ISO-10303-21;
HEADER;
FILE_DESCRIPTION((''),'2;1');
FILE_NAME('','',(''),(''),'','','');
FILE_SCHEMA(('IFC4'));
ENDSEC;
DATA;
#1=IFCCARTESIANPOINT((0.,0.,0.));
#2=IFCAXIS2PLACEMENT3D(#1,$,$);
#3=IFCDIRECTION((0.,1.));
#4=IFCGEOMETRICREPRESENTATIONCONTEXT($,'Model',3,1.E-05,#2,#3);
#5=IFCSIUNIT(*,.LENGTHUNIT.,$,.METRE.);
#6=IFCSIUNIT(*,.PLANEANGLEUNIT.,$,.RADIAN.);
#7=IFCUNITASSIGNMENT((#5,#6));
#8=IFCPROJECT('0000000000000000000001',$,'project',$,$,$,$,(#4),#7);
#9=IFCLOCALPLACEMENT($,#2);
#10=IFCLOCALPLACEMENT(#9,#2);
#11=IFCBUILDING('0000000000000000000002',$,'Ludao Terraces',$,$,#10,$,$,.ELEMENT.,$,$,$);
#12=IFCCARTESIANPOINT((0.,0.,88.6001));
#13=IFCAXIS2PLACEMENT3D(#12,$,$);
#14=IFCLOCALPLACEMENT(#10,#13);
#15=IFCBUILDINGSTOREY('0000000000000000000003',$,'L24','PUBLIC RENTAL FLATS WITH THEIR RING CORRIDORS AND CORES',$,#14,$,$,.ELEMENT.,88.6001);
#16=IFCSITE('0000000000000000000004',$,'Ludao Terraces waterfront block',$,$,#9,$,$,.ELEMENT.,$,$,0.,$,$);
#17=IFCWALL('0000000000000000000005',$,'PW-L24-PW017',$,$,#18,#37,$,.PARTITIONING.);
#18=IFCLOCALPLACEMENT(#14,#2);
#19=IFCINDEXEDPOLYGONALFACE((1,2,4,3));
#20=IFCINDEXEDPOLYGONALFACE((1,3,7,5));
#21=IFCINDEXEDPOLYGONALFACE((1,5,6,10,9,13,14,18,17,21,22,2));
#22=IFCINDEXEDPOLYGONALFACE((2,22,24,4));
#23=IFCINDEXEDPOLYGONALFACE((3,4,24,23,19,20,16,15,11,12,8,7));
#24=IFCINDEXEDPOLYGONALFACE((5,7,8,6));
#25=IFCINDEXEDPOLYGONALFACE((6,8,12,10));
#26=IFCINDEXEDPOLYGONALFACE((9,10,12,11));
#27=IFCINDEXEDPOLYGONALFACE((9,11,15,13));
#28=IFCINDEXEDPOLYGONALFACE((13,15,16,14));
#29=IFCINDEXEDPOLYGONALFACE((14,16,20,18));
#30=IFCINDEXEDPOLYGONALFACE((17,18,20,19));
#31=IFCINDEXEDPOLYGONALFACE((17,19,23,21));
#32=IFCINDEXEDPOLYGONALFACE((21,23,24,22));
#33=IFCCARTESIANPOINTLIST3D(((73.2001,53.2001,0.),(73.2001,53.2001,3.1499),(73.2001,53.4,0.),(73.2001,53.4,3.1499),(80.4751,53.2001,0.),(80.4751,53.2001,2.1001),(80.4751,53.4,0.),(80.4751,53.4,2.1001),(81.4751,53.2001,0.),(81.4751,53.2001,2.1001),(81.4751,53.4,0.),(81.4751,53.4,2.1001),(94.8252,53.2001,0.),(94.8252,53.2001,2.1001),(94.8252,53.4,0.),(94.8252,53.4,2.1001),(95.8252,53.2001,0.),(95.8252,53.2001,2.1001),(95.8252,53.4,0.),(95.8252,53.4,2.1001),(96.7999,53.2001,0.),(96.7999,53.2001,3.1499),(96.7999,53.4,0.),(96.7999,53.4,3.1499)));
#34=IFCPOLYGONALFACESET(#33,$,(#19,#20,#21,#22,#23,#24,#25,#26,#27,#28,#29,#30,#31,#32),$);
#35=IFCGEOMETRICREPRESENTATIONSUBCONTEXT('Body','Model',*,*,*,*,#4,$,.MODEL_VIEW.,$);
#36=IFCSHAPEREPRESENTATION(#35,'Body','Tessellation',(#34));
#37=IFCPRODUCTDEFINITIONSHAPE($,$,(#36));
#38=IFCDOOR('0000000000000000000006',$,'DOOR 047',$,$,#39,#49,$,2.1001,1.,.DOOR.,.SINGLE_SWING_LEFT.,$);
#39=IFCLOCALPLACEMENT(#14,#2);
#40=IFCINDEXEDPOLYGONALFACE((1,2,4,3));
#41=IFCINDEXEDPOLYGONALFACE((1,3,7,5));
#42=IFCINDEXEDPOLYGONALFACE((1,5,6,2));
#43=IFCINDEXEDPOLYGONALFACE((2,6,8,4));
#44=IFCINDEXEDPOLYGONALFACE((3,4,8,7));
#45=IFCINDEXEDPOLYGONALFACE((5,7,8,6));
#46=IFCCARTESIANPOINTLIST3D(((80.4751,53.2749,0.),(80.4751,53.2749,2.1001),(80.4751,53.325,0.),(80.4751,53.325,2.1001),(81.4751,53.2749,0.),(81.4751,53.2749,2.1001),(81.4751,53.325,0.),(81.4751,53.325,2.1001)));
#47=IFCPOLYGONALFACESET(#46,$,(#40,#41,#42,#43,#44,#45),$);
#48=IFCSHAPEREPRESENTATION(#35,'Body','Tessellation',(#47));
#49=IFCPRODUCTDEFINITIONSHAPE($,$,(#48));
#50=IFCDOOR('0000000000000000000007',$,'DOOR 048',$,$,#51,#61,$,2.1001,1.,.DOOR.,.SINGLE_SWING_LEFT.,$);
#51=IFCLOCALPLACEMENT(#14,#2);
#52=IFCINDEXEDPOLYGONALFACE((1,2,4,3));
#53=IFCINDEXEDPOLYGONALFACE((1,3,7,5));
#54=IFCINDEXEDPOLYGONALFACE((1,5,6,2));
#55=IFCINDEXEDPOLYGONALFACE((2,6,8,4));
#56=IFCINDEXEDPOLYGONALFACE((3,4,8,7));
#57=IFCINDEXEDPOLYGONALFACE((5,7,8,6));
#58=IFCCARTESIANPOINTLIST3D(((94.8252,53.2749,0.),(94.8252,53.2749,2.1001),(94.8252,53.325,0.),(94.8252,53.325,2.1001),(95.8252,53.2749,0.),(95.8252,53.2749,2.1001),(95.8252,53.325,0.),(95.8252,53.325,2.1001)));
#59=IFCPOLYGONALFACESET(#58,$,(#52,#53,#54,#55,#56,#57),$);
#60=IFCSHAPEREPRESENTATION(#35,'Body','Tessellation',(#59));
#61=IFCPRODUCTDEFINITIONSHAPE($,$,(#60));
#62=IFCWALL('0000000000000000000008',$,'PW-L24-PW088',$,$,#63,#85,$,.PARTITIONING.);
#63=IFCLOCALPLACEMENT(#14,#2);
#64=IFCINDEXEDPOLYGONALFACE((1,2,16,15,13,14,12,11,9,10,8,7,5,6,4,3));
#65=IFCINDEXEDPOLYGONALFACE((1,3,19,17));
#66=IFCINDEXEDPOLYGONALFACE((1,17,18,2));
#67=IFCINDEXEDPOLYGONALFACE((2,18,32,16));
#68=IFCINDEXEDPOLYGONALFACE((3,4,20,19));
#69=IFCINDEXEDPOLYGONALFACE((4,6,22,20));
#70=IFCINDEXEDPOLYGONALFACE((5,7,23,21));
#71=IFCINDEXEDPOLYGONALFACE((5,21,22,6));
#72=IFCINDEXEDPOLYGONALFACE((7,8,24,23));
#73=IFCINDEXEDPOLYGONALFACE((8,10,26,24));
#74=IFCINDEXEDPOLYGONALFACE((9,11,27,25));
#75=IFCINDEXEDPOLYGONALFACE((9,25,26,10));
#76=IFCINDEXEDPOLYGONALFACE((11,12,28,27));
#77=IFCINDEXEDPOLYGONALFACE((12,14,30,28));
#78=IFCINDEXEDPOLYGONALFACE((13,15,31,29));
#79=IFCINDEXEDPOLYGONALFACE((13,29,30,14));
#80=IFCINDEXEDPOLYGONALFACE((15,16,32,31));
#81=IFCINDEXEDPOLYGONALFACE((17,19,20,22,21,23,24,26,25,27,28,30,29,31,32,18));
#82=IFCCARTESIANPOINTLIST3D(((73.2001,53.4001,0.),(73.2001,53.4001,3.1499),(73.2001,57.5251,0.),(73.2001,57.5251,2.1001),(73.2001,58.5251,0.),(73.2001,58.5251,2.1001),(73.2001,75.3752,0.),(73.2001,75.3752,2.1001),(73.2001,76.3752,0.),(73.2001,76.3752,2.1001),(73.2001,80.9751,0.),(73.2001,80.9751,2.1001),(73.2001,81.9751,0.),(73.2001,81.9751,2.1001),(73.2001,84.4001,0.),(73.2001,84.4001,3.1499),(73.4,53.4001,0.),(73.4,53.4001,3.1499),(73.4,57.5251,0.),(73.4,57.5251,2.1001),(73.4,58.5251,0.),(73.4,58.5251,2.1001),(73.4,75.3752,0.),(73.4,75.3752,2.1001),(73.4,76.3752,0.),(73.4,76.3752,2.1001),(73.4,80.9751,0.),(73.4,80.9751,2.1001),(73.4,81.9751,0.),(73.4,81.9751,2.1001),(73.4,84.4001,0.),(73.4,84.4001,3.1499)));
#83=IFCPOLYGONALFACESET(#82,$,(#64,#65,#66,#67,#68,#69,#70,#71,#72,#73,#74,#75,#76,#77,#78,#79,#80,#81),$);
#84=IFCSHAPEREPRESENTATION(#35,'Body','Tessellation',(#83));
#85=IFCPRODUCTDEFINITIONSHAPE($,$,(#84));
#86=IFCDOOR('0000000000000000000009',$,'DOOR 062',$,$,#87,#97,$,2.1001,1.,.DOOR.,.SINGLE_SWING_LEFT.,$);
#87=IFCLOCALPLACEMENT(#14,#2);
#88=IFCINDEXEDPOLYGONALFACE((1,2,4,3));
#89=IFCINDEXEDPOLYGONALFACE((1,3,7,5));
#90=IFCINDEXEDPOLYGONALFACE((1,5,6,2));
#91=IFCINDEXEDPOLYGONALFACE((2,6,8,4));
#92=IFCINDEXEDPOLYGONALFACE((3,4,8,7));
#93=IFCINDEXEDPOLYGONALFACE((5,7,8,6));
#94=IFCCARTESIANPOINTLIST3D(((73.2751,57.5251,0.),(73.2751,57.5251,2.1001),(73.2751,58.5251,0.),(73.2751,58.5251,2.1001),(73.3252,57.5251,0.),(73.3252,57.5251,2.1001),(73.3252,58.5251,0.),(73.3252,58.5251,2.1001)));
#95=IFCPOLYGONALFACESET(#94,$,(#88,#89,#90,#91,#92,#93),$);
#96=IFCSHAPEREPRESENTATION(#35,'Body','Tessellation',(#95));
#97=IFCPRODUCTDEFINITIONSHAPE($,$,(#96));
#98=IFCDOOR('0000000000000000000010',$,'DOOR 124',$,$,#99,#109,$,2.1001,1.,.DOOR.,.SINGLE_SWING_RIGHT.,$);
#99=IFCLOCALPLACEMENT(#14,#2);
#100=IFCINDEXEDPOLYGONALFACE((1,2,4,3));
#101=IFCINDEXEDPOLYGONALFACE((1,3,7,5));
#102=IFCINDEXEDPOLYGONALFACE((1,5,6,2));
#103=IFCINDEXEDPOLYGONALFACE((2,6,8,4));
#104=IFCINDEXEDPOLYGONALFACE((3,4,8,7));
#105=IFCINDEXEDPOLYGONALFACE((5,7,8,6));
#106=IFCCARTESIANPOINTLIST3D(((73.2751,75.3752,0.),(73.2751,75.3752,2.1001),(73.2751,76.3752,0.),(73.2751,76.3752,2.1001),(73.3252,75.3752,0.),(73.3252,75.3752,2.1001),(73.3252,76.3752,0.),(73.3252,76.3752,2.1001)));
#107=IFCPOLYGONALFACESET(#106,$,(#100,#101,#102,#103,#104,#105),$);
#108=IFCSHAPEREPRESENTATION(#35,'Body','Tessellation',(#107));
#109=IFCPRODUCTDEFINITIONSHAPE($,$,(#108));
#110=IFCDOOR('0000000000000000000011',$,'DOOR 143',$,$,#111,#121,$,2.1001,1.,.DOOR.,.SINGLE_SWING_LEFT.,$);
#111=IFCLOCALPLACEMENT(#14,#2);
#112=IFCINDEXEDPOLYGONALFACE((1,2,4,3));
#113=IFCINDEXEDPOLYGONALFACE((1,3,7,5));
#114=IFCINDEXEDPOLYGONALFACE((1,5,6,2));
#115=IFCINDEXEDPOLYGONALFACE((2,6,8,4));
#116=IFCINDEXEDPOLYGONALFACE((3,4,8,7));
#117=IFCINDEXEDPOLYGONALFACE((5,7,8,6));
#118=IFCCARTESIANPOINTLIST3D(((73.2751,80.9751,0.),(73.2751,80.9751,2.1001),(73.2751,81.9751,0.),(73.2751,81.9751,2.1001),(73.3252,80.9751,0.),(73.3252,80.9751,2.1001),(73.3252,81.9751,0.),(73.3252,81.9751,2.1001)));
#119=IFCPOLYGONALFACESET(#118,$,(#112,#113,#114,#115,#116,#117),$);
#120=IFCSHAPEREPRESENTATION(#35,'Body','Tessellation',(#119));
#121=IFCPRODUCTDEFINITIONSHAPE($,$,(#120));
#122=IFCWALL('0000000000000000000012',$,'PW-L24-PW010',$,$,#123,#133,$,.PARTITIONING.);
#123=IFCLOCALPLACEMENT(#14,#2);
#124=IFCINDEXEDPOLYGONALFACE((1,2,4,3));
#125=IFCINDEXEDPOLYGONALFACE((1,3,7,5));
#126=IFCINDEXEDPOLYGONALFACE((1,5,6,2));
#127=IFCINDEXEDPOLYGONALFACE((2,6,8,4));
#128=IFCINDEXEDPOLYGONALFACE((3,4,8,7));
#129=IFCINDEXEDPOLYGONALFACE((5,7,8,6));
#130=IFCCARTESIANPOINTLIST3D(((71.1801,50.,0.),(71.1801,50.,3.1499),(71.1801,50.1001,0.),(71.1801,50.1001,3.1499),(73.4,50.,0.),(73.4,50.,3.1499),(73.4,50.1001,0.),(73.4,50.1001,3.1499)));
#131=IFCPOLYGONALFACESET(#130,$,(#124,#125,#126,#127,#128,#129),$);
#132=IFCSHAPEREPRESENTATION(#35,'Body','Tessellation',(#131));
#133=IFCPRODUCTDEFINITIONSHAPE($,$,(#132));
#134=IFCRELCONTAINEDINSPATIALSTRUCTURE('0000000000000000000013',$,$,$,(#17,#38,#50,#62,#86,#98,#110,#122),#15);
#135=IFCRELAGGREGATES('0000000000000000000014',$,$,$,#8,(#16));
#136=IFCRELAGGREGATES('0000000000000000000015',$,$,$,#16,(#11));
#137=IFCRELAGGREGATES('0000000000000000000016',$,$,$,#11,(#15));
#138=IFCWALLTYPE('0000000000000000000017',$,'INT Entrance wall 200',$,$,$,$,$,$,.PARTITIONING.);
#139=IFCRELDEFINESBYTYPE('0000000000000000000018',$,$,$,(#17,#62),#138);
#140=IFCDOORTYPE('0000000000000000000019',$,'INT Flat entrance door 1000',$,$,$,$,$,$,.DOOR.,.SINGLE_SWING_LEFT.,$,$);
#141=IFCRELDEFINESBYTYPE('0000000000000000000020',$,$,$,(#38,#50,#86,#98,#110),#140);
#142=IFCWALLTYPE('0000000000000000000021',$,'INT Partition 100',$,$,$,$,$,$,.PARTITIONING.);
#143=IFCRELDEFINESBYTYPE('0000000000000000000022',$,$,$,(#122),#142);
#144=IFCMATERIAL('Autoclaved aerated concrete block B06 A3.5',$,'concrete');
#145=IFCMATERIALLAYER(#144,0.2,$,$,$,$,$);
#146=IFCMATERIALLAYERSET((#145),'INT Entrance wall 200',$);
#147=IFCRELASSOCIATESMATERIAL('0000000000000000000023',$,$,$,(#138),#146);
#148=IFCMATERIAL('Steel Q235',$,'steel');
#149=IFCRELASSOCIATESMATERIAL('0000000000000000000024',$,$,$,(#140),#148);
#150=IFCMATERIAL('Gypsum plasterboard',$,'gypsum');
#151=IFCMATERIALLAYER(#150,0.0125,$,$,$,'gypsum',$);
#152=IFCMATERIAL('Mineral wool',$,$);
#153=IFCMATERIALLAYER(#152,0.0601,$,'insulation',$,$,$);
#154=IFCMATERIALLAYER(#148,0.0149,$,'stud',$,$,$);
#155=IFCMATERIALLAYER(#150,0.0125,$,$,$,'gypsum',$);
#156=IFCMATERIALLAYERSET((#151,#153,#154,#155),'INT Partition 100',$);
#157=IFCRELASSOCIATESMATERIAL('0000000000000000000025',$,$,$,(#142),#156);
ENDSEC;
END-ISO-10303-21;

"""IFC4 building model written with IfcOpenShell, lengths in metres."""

from ifc_helpers import new_model, si_unit, direction, frame, frame_2d, origin, place, context, subcontext, project, spatial, rectangle, extrude, material, layer, layer_set, type_object, element, fill, save


model = new_model("IFC4")

# Units and contexts
model_context = context("Model", 3, precision=1e-05, world=origin(), true_north=direction((0.0, 1.0)))
body_context = subcontext(model_context, "Body", "Model", "MODEL_VIEW")
ifc_project = project(units=[si_unit("LENGTHUNIT", "METRE"), si_unit("PLANEANGLEUNIT", "RADIAN")], contexts=[model_context])

# Site, building, storey
site_placement = place(None, origin())
site = spatial("IfcSite", under=ifc_project, at=site_placement, Name="Ludao Terraces waterfront block", CompositionType="ELEMENT", RefElevation=0.0)
building_placement = place(site_placement, origin())
building = spatial("IfcBuilding", under=site, at=building_placement, Name="Ludao Terraces", CompositionType="ELEMENT")
storey_placement = place(building_placement, frame((0.0, 0.0, 88.6001)))
storey = spatial("IfcBuildingStorey", under=building, at=storey_placement, Name="L24", Description="PUBLIC RENTAL FLATS WITH THEIR RING CORRIDORS AND CORES", CompositionType="ELEMENT", Elevation=88.6001)

# Walls, openings, doors
ifc_material_1 = material(Name="Autoclaved aerated concrete block B06 A3.5", Category="concrete")
ifc_layer_1 = layer(ifc_material_1, 0.2)
ifc_layer_set_1 = layer_set([ifc_layer_1], Name="INT Entrance wall 200")
wall_type_1 = type_object("IfcWallType", Name="INT Entrance wall 200", PredefinedType="PARTITIONING", material=ifc_layer_set_1)
wall_1_placement = place(storey_placement, frame((73.2002, 53.3, 0.0), z_axis=(0.0, 0.0, 1.0), x_axis=(1.0, 0.0, 0.0)))
wall_1 = element("IfcWall", 1, at=wall_1_placement, inside=storey, type_object=wall_type_1, Name="PW-L24-PW017", PredefinedType="PARTITIONING", context=body_context, shape_type="SweptSolid", body=[
    extrude(rectangle(XDim=23.5999, YDim=0.2, at=frame_2d((11.7998, 0.0))), origin(), (0.0, 0.0, 1.0), 3.1499),
])
opening_1_placement = place(wall_1_placement, frame((7.2749, 0.0, 0.0)))
opening_1 = element("IfcOpeningElement", 2, at=opening_1_placement, cuts=wall_1, PredefinedType="OPENING", context=body_context, shape_type="SweptSolid", body=[
    extrude(rectangle(XDim=1.0, YDim=2.1001, at=frame_2d((0.5, 1.05))), frame((0.0, 0.1099, 0.0), z_axis=(0.0, -1.0, 0.0), x_axis=(1.0, 0.0, 0.0)), (0.0, 0.0, 1.0), 0.22),
])
opening_2_placement = place(wall_1_placement, frame((21.625, 0.0, 0.0)))
opening_2 = element("IfcOpeningElement", 3, at=opening_2_placement, cuts=wall_1, PredefinedType="OPENING", context=body_context, shape_type="SweptSolid", body=[
    extrude(rectangle(XDim=1.0, YDim=2.1001, at=frame_2d((0.5, 1.05))), frame((0.0, 0.1099, 0.0), z_axis=(0.0, -1.0, 0.0), x_axis=(1.0, 0.0, 0.0)), (0.0, 0.0, 1.0), 0.22),
])
ifc_material_2 = material(Name="Steel Q235", Category="steel")
door_type_1 = type_object("IfcDoorType", Name="INT Flat entrance door 1000", OperationType="SINGLE_SWING_LEFT", PredefinedType="DOOR", material=ifc_material_2)
door_1_placement = place(opening_1_placement, origin())
door_1 = element("IfcDoor", 4, at=door_1_placement, inside=storey, type_object=door_type_1, Name="DOOR 047", OperationType="SINGLE_SWING_LEFT", OverallHeight=2.1001, OverallWidth=1.0, PredefinedType="DOOR", context=body_context, shape_type="SweptSolid", body=[
    extrude(rectangle(XDim=1.0, YDim=2.1001, at=frame_2d((0.5, 1.05))), frame((0.0, 0.0249, 0.0), z_axis=(0.0, -1.0, 0.0), x_axis=(1.0, 0.0, 0.0)), (0.0, 0.0, 1.0), 0.05),
])
fill(opening_1, door_1)
door_2_placement = place(opening_2_placement, origin())
door_2 = element("IfcDoor", 5, at=door_2_placement, inside=storey, type_object=door_type_1, Name="DOOR 048", OperationType="SINGLE_SWING_LEFT", OverallHeight=2.1001, OverallWidth=1.0, PredefinedType="DOOR", context=body_context, shape_type="SweptSolid", body=[
    extrude(rectangle(XDim=1.0, YDim=2.1001, at=frame_2d((0.5, 1.05))), frame((0.0, 0.0249, 0.0), z_axis=(0.0, -1.0, 0.0), x_axis=(1.0, 0.0, 0.0)), (0.0, 0.0, 1.0), 0.05),
])
fill(opening_2, door_2)
wall_2_placement = place(storey_placement, frame((73.3, 53.4001, 0.0), z_axis=(0.0, 0.0, 1.0), x_axis=(0.0, 1.0, 0.0)))
wall_2 = element("IfcWall", 6, at=wall_2_placement, inside=storey, type_object=wall_type_1, Name="PW-L24-PW088", PredefinedType="PARTITIONING", context=body_context, shape_type="SweptSolid", body=[
    extrude(rectangle(XDim=31.0, YDim=0.2, at=frame_2d((15.5, 0.0))), origin(), (0.0, 0.0, 1.0), 3.1499),
])
opening_3_placement = place(wall_2_placement, frame((4.125, 0.0, 0.0)))
opening_3 = element("IfcOpeningElement", 7, at=opening_3_placement, cuts=wall_2, PredefinedType="OPENING", context=body_context, shape_type="SweptSolid", body=[
    extrude(rectangle(XDim=1.0, YDim=2.1001, at=frame_2d((0.5, 1.05))), frame((0.0, 0.1099, 0.0), z_axis=(0.0, -1.0, 0.0), x_axis=(1.0, 0.0, 0.0)), (0.0, 0.0, 1.0), 0.22),
])
opening_4_placement = place(wall_2_placement, frame((21.9751, 0.0, 0.0)))
opening_4 = element("IfcOpeningElement", 8, at=opening_4_placement, cuts=wall_2, PredefinedType="OPENING", context=body_context, shape_type="SweptSolid", body=[
    extrude(rectangle(XDim=1.0, YDim=2.1001, at=frame_2d((0.5, 1.05))), frame((0.0, 0.1099, 0.0), z_axis=(0.0, -1.0, 0.0), x_axis=(1.0, 0.0, 0.0)), (0.0, 0.0, 1.0), 0.22),
])
opening_5_placement = place(wall_2_placement, frame((27.575, 0.0, 0.0)))
opening_5 = element("IfcOpeningElement", 9, at=opening_5_placement, cuts=wall_2, PredefinedType="OPENING", context=body_context, shape_type="SweptSolid", body=[
    extrude(rectangle(XDim=1.0, YDim=2.1001, at=frame_2d((0.5, 1.05))), frame((0.0, 0.1099, 0.0), z_axis=(0.0, -1.0, 0.0), x_axis=(1.0, 0.0, 0.0)), (0.0, 0.0, 1.0), 0.22),
])
door_3_placement = place(opening_3_placement, origin())
door_3 = element("IfcDoor", 10, at=door_3_placement, inside=storey, type_object=door_type_1, Name="DOOR 062", OperationType="SINGLE_SWING_LEFT", OverallHeight=2.1001, OverallWidth=1.0, PredefinedType="DOOR", context=body_context, shape_type="SweptSolid", body=[
    extrude(rectangle(XDim=1.0, YDim=2.1001, at=frame_2d((0.5, 1.05))), frame((0.0, 0.0249, 0.0), z_axis=(0.0, -1.0, 0.0), x_axis=(1.0, 0.0, 0.0)), (0.0, 0.0, 1.0), 0.05),
])
fill(opening_3, door_3)
door_4_placement = place(opening_4_placement, origin())
door_4 = element("IfcDoor", 11, at=door_4_placement, inside=storey, type_object=door_type_1, Name="DOOR 124", OperationType="SINGLE_SWING_RIGHT", OverallHeight=2.1001, OverallWidth=1.0, PredefinedType="DOOR", context=body_context, shape_type="SweptSolid", body=[
    extrude(rectangle(XDim=1.0, YDim=2.1001, at=frame_2d((0.5, 1.05))), frame((0.0, 0.0249, 0.0), z_axis=(0.0, -1.0, 0.0), x_axis=(1.0, 0.0, 0.0)), (0.0, 0.0, 1.0), 0.05),
])
fill(opening_4, door_4)
door_5_placement = place(opening_5_placement, origin())
door_5 = element("IfcDoor", 12, at=door_5_placement, inside=storey, type_object=door_type_1, Name="DOOR 143", OperationType="SINGLE_SWING_LEFT", OverallHeight=2.1001, OverallWidth=1.0, PredefinedType="DOOR", context=body_context, shape_type="SweptSolid", body=[
    extrude(rectangle(XDim=1.0, YDim=2.1001, at=frame_2d((0.5, 1.05))), frame((0.0, 0.0249, 0.0), z_axis=(0.0, -1.0, 0.0), x_axis=(1.0, 0.0, 0.0)), (0.0, 0.0, 1.0), 0.05),
])
fill(opening_5, door_5)

# Wall
ifc_material_3 = material(Name="Gypsum plasterboard", Category="gypsum")
ifc_layer_2 = layer(ifc_material_3, 0.0125, Category="gypsum")
ifc_material_4 = material(Name="Mineral wool")
ifc_layer_3 = layer(ifc_material_4, 0.0601, Name="insulation")
ifc_layer_4 = layer(ifc_material_2, 0.0149, Name="stud")
ifc_layer_5 = layer(ifc_material_3, 0.0125, Category="gypsum")
ifc_layer_set_2 = layer_set([ifc_layer_2, ifc_layer_3, ifc_layer_4, ifc_layer_5], Name="INT Partition 100")
wall_type_2 = type_object("IfcWallType", Name="INT Partition 100", PredefinedType="PARTITIONING", material=ifc_layer_set_2)
wall_3_placement = place(storey_placement, frame((71.1802, 50.05, 0.0), z_axis=(0.0, 0.0, 1.0), x_axis=(1.0, 0.0, 0.0)))
element("IfcWall", 13, at=wall_3_placement, inside=storey, type_object=wall_type_2, Name="PW-L24-PW010", PredefinedType="PARTITIONING", context=body_context, shape_type="SweptSolid", body=[
    extrude(rectangle(XDim=2.22, YDim=0.1001, at=frame_2d((1.1099, 0.0))), origin(), (0.0, 0.0, 1.0), 3.1499),
])

save(model, "model.ifc")
